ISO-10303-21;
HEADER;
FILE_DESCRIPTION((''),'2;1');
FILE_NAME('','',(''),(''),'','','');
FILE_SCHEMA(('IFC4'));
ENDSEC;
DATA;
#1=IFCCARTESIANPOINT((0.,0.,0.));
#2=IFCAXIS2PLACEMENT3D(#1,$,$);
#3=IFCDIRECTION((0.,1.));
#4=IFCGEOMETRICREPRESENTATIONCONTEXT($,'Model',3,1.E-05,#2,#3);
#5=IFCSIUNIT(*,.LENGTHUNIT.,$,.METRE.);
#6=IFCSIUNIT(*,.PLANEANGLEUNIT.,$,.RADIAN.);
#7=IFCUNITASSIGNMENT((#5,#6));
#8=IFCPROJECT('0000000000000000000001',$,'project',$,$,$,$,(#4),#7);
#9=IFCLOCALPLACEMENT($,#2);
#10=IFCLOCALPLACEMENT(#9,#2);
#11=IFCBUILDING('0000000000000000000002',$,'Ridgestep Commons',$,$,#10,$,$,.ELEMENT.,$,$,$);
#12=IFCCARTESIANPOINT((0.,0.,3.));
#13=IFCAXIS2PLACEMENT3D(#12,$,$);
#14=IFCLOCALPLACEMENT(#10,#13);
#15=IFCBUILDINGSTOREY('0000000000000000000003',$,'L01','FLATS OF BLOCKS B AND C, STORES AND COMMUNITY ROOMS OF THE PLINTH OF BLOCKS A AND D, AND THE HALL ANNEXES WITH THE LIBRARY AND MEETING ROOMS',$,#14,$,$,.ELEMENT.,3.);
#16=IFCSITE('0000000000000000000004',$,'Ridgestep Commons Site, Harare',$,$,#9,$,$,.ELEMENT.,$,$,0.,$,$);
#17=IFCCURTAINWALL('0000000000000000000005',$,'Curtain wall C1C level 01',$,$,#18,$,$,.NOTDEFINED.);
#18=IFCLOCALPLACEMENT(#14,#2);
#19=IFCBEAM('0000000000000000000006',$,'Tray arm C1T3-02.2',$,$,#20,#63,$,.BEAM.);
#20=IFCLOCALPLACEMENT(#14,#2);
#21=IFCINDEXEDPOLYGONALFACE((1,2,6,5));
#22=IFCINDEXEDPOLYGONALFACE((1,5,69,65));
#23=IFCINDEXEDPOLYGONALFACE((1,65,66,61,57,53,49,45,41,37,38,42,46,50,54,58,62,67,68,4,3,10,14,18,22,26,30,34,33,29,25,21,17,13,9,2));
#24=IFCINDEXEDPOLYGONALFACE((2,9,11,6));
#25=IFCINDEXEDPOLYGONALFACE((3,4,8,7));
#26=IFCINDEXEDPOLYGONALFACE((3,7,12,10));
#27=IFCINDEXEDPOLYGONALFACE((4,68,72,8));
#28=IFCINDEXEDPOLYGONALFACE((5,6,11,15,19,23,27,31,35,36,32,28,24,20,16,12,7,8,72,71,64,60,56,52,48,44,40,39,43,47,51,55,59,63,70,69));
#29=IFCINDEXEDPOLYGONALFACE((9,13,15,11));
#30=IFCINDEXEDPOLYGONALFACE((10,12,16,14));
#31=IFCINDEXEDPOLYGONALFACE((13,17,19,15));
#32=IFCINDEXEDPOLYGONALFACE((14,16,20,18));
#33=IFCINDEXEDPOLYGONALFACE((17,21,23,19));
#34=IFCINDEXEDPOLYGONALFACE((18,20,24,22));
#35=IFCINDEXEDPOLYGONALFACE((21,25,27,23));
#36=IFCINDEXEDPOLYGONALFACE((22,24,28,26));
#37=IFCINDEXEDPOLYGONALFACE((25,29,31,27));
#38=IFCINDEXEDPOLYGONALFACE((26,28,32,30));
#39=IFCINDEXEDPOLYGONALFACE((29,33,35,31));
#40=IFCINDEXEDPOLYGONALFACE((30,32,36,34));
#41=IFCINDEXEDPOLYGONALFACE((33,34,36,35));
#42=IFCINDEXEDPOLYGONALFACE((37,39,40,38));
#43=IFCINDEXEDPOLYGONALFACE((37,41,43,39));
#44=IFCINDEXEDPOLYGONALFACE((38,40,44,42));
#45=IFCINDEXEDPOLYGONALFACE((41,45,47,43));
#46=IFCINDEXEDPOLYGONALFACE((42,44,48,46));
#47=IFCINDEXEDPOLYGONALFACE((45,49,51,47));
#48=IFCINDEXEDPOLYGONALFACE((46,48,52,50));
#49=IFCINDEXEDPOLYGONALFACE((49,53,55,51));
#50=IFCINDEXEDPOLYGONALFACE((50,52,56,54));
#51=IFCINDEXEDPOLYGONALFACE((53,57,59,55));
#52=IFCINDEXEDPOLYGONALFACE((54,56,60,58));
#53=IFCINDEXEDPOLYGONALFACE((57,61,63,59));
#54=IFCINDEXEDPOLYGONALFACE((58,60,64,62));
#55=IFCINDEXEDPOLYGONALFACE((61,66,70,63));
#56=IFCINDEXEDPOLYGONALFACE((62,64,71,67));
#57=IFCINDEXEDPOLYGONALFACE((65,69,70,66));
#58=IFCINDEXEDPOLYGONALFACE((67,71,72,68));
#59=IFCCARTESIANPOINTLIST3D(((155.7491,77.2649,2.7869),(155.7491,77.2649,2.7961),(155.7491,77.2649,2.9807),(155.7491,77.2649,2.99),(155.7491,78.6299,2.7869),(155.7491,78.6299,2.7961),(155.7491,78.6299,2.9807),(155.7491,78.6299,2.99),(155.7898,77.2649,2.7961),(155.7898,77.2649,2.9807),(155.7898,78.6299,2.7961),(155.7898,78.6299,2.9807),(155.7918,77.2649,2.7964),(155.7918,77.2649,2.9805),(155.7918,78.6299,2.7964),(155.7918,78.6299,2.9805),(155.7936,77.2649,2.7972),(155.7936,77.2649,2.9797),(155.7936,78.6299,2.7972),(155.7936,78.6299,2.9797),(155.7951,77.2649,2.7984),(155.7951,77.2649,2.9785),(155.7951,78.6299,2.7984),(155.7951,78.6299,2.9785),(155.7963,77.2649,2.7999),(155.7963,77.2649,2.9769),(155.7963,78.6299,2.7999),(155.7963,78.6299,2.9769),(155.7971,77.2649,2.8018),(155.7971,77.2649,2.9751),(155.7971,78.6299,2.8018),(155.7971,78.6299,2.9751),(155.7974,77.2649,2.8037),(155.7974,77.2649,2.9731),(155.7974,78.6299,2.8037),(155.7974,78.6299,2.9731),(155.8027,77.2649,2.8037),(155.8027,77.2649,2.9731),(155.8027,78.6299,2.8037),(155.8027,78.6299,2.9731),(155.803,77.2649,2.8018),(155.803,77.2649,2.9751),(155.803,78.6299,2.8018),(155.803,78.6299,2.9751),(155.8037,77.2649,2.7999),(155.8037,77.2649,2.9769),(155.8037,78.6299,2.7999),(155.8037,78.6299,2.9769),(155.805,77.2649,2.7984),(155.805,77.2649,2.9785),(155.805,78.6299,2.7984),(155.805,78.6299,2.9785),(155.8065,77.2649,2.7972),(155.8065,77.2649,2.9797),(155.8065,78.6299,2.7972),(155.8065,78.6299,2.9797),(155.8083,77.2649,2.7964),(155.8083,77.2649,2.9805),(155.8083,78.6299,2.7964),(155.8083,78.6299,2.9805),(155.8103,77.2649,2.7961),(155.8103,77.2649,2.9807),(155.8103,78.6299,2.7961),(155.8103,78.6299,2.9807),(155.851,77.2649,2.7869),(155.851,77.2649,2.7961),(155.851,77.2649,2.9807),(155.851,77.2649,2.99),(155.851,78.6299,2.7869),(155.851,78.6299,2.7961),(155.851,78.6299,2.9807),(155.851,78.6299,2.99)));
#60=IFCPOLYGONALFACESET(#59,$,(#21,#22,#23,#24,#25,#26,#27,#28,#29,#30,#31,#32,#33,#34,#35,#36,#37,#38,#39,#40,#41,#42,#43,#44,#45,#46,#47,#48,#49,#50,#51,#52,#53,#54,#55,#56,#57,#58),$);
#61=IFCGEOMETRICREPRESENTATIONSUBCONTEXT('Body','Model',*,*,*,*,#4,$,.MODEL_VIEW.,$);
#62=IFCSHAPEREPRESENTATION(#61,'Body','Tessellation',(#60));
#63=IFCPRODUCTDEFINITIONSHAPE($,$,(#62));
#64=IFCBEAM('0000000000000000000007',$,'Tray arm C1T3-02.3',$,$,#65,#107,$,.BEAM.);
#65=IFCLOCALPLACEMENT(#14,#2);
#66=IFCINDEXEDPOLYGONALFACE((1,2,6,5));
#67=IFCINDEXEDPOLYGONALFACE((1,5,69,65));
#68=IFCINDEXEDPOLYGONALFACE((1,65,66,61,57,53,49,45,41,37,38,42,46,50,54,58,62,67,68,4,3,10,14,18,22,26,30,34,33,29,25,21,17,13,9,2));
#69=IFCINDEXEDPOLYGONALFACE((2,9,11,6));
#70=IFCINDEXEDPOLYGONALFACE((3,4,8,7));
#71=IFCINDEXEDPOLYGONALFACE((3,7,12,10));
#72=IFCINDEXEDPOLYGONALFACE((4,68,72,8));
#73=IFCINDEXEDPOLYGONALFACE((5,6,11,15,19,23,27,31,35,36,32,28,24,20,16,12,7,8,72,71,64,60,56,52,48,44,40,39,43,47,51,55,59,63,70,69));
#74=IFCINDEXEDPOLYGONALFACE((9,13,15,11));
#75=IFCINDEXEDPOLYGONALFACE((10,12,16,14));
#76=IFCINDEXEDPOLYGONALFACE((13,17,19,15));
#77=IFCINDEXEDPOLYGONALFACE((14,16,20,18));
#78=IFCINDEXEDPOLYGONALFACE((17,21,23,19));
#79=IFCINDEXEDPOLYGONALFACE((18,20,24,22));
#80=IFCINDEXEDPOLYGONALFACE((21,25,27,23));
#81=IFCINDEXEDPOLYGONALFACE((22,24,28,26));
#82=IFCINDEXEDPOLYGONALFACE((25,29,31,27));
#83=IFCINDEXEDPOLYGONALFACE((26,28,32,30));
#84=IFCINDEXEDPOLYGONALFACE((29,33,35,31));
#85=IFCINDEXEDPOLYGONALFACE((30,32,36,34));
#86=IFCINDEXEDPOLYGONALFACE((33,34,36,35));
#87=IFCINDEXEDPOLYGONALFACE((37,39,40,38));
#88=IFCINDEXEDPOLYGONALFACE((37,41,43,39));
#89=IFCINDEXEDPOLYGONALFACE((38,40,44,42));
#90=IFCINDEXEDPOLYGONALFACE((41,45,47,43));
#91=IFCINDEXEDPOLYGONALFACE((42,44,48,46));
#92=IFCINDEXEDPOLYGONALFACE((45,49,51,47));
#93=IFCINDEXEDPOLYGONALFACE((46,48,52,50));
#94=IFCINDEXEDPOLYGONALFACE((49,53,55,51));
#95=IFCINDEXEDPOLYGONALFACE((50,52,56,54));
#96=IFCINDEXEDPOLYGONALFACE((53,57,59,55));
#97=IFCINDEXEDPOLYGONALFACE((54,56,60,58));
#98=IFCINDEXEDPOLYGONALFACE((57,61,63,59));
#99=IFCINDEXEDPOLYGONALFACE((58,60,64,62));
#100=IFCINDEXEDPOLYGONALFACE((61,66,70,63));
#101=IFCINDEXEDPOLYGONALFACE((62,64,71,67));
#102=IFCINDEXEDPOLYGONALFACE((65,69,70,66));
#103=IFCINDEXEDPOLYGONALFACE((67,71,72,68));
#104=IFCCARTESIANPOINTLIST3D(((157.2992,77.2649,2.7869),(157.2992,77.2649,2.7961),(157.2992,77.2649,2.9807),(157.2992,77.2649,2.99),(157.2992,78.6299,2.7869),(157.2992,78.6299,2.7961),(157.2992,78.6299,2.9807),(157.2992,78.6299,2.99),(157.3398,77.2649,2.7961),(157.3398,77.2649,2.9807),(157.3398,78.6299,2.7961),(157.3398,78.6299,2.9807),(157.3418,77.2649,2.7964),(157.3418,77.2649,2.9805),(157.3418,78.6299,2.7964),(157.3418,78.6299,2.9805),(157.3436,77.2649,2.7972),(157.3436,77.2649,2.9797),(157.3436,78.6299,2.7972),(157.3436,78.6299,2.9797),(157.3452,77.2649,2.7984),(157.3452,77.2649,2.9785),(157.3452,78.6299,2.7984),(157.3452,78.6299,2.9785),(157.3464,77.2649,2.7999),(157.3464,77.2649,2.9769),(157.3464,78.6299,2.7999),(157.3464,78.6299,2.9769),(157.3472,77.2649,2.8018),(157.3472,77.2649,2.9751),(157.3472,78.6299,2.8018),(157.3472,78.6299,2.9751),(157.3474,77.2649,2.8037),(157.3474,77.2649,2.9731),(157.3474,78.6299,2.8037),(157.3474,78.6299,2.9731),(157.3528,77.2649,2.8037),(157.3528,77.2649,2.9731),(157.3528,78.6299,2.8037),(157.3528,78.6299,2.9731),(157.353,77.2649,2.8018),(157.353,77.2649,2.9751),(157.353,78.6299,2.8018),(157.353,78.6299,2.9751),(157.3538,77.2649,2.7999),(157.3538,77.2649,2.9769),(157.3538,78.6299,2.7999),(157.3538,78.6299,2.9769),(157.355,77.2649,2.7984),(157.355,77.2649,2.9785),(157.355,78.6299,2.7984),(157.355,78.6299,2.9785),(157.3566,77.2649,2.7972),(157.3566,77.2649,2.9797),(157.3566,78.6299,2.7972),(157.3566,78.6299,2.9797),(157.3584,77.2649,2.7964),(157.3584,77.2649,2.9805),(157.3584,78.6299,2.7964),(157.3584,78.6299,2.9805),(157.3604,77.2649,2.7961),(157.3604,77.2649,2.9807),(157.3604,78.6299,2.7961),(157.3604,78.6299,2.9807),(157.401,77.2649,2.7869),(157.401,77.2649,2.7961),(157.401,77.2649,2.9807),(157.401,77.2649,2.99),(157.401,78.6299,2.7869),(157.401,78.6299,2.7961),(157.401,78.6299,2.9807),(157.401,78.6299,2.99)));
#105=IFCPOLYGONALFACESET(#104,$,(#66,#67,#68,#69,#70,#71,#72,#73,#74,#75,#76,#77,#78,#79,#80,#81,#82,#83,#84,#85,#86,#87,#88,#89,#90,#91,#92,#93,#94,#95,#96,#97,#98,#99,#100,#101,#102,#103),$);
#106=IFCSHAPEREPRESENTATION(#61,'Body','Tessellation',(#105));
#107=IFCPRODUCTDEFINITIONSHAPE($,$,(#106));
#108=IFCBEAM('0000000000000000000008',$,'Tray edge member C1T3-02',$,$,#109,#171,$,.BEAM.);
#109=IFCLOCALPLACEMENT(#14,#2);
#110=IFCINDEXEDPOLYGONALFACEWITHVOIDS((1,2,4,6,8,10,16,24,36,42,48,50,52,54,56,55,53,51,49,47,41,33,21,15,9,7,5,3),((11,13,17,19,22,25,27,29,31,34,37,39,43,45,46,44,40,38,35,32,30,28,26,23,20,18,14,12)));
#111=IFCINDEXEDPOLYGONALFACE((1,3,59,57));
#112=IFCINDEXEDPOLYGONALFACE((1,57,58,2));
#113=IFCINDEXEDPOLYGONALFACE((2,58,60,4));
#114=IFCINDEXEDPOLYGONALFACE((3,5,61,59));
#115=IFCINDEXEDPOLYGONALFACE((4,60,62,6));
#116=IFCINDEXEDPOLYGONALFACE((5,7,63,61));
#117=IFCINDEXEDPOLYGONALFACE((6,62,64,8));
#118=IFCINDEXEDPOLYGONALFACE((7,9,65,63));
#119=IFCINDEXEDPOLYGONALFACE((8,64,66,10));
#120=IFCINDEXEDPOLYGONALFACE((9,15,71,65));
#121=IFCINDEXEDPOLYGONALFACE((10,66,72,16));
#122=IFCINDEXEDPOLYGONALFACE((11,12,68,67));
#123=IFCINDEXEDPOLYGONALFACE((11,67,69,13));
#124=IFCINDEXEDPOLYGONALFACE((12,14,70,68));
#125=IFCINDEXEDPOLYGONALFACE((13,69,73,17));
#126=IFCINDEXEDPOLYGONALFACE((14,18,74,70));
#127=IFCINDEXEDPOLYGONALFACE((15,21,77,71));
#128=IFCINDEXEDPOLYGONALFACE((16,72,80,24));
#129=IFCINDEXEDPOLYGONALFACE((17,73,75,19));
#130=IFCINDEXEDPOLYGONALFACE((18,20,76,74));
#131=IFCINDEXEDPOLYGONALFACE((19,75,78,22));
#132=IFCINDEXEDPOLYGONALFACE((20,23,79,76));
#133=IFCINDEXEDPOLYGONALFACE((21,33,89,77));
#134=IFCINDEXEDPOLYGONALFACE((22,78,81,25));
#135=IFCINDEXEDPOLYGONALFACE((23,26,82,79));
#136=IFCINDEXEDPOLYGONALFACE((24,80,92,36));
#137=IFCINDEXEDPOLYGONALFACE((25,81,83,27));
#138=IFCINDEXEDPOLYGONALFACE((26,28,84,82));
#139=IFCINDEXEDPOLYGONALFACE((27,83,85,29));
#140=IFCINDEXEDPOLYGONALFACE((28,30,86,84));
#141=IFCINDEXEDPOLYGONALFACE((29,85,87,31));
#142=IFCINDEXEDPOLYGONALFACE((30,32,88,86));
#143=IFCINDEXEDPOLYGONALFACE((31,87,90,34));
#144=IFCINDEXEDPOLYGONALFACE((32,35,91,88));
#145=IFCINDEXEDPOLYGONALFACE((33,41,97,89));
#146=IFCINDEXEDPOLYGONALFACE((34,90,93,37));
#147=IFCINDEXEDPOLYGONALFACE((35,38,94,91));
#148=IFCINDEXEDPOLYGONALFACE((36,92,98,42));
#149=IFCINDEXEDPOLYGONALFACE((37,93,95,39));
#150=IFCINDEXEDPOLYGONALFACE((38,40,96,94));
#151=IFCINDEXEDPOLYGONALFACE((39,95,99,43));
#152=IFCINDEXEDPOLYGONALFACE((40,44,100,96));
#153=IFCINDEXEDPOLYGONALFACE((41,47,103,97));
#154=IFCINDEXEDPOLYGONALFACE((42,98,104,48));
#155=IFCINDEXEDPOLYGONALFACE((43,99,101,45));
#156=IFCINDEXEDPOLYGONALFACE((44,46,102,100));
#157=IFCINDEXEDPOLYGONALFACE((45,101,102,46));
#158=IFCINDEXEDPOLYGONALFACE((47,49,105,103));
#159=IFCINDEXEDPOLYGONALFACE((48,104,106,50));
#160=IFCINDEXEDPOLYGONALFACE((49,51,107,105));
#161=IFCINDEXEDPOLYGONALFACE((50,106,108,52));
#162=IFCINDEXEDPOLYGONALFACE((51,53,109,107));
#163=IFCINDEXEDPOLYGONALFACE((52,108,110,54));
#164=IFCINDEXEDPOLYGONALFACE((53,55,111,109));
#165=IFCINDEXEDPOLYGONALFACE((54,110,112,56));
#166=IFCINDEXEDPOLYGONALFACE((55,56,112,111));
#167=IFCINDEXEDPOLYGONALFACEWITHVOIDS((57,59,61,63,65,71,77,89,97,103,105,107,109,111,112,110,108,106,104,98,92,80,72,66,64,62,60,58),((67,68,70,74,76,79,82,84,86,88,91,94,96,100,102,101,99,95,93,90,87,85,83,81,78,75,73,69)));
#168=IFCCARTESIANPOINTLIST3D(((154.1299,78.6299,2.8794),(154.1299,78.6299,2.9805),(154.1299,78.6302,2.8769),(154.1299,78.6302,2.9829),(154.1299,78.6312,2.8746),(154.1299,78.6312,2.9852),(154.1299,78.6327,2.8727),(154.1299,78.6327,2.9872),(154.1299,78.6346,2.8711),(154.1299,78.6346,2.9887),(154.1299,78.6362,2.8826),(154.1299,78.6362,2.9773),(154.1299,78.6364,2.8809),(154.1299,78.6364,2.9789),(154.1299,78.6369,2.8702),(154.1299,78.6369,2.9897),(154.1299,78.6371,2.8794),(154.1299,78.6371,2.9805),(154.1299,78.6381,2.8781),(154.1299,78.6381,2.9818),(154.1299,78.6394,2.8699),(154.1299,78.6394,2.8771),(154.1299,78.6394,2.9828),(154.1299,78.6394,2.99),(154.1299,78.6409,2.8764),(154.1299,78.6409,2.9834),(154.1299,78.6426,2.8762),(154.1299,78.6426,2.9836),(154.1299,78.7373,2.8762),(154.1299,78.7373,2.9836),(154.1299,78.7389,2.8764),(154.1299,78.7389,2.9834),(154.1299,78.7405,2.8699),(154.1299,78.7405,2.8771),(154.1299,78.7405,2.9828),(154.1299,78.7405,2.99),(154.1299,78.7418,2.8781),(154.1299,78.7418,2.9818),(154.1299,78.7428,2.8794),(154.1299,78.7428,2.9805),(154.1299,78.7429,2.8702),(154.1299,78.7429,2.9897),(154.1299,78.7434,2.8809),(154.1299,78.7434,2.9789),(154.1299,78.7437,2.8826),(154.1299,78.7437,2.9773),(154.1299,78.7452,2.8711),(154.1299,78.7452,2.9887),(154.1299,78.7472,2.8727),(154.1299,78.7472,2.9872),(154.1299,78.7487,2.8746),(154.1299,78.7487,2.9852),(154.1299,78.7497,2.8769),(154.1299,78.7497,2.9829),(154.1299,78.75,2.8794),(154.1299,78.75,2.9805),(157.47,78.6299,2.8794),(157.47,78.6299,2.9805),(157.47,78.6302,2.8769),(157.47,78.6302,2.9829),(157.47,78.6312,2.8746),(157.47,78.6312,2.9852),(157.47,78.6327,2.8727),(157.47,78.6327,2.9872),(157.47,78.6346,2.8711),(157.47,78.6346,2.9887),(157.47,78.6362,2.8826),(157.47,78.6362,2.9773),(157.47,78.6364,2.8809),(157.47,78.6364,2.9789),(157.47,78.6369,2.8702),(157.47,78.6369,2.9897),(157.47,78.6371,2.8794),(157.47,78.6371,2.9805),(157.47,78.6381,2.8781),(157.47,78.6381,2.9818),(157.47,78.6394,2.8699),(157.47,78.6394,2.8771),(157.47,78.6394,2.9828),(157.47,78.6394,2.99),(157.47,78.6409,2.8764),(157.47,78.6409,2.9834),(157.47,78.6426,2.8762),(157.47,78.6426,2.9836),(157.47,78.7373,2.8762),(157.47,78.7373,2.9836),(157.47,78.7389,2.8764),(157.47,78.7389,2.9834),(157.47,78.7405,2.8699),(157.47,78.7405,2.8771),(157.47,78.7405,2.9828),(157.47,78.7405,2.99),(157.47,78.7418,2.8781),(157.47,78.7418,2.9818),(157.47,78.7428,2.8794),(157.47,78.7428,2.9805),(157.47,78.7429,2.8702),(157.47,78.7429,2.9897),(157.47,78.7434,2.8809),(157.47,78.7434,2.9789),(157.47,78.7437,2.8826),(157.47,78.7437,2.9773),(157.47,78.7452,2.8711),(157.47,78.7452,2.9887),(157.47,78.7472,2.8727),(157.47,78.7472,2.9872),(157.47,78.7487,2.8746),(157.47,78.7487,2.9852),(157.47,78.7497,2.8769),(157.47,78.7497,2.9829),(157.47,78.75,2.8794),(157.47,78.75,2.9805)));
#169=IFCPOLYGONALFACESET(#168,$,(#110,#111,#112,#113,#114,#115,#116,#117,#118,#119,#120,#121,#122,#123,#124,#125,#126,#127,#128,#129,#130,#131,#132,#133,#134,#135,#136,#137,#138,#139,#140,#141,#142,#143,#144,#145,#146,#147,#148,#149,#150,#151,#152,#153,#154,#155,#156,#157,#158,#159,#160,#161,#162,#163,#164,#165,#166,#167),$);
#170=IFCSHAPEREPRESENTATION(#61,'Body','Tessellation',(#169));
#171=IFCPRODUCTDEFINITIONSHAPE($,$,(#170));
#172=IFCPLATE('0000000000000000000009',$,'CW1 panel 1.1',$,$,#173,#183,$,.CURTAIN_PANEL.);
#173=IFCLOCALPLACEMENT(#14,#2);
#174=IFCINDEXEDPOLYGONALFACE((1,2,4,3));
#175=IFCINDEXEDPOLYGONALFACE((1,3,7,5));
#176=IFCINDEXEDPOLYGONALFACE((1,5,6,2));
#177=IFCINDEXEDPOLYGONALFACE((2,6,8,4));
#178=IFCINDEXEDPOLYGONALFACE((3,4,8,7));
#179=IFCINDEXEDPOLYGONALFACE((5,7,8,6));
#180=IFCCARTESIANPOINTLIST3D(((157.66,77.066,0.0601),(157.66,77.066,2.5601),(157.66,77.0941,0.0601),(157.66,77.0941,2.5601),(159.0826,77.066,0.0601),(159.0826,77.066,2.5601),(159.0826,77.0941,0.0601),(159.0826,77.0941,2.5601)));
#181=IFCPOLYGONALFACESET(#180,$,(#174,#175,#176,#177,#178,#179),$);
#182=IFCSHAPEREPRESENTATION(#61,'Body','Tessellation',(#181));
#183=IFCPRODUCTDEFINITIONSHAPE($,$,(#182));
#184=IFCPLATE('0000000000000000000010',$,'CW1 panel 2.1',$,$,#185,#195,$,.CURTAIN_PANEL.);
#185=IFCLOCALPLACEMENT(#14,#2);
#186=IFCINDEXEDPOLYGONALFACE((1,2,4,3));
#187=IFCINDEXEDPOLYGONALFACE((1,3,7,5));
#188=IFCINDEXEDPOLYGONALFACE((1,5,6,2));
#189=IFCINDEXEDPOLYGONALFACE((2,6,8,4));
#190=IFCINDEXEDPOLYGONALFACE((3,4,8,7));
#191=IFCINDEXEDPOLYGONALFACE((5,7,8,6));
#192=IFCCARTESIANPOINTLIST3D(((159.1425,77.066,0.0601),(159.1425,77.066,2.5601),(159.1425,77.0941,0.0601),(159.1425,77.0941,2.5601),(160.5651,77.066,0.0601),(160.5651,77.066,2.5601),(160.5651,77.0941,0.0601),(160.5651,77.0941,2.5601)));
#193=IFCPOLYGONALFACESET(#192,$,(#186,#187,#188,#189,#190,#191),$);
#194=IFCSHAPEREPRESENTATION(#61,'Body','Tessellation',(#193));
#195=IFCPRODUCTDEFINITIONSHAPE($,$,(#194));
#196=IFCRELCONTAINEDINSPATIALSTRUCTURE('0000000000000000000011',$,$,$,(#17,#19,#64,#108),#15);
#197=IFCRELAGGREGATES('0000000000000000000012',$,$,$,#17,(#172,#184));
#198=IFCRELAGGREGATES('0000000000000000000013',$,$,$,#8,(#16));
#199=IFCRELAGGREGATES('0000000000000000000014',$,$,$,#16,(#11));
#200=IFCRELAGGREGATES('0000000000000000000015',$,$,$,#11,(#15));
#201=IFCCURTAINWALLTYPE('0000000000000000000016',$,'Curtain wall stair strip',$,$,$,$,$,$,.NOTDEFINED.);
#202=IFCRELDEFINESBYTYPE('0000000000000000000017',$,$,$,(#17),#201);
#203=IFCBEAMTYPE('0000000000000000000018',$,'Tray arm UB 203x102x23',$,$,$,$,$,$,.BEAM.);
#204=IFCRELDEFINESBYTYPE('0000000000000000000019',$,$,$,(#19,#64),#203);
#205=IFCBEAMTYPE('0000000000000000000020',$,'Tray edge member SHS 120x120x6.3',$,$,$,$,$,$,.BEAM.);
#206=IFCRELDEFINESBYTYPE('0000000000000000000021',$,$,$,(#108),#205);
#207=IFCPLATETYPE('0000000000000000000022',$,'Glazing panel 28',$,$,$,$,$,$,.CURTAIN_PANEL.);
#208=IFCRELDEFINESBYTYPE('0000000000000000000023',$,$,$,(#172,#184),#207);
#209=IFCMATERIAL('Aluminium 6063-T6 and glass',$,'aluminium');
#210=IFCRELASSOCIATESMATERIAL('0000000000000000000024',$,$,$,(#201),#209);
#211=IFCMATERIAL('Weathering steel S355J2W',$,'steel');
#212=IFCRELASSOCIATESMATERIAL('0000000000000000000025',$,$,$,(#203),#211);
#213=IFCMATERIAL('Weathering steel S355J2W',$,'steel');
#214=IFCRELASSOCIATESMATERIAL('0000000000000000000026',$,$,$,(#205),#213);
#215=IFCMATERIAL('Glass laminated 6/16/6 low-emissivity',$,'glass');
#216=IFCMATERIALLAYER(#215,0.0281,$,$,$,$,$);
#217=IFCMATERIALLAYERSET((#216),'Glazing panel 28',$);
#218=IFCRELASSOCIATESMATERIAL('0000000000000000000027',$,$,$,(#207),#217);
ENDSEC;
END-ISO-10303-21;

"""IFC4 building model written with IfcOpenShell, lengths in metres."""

from ifc_helpers import new_model, si_unit, direction, frame, origin, origin_2d, place, context, subcontext, project, spatial, rectangle, hollow_rectangle, i_section, extrude, material, layer, layer_set, material_profile, profile_set, type_object, element, aggregate, save


model = new_model("IFC4")

# Units and contexts
model_context = context("Model", 3, precision=1e-05, world=origin(), true_north=direction((0.0, 1.0)))
body_context = subcontext(model_context, "Body", "Model", "MODEL_VIEW")
ifc_project = project(units=[si_unit("LENGTHUNIT", "METRE"), si_unit("PLANEANGLEUNIT", "RADIAN")], contexts=[model_context])

# Site, building, storey
site_placement = place(None, origin())
site = spatial("IfcSite", under=ifc_project, at=site_placement, Name="Ridgestep Commons Site, Harare", CompositionType="ELEMENT", RefElevation=0.0)
building_placement = place(site_placement, origin())
building = spatial("IfcBuilding", under=site, at=building_placement, Name="Ridgestep Commons", CompositionType="ELEMENT")
storey_placement = place(building_placement, frame((0.0, 0.0, 3.0)))
storey = spatial("IfcBuildingStorey", under=building, at=storey_placement, Name="L01", Description="FLATS OF BLOCKS B AND C, STORES AND COMMUNITY ROOMS OF THE PLINTH OF BLOCKS A AND D, AND THE HALL ANNEXES WITH THE LIBRARY AND MEETING ROOMS", CompositionType="ELEMENT", Elevation=3.0)

# Curtain wall
ifc_material_1 = material(Name="Aluminium 6063-T6 and glass", Category="aluminium")
curtain_wall_type = type_object("IfcCurtainWallType", Name="Curtain wall stair strip", PredefinedType="NOTDEFINED", material=ifc_material_1)
curtain_wall_placement = place(storey_placement, origin())
curtain_wall = element("IfcCurtainWall", 1, at=curtain_wall_placement, inside=storey, type_object=curtain_wall_type, Name="Curtain wall C1C level 01", PredefinedType="NOTDEFINED")

# Beams
ifc_material_2 = material(Name="Weathering steel S355J2W", Category="steel")
ifc_material_profile_1 = material_profile(ifc_material_2, i_section(OverallWidth=0.1018, OverallDepth=0.2031, WebThickness=0.0054, FlangeThickness=0.0093, FilletRadius=0.0076, at=origin_2d()), Name="UB 203x102x23")
ifc_profile_set_1 = profile_set([ifc_material_profile_1], Name="Weathering steel S355J2W")
beam_type_1 = type_object("IfcBeamType", Name="Tray arm UB 203x102x23", PredefinedType="BEAM", material=ifc_profile_set_1)
for number, where, z_axis, x_axis, name in (
    (2, (155.8, 77.2649, 2.8884), (0.0, 1.0, 0.0), (-1.0, 0.0, 0.0), "Tray arm C1T3-02.2"),
    (3, (157.3501, 77.2649, 2.8884), (0.0, 1.0, 0.0), (-1.0, 0.0, 0.0), "Tray arm C1T3-02.3"),
):
    element("IfcBeam", number, at=place(storey_placement, frame(where, z_axis=z_axis, x_axis=x_axis)), inside=storey, type_object=beam_type_1, Name=name, PredefinedType="BEAM", context=body_context, shape_type="SweptSolid", body=[
        extrude(i_section(OverallWidth=0.1018, OverallDepth=0.2031, WebThickness=0.0054, FlangeThickness=0.0093, FilletRadius=0.0076, at=origin_2d()), origin(), (0.0, 0.0, 1.0), 1.365),
    ])
ifc_material_3 = material(Name="Weathering steel S355J2W", Category="steel")
ifc_material_profile_2 = material_profile(ifc_material_3, hollow_rectangle(XDim=0.1201, YDim=0.1201, WallThickness=0.0063, InnerFilletRadius=0.0063, OuterFilletRadius=0.0095, at=origin_2d()), Name="SHS 120x120x6.3")
ifc_profile_set_2 = profile_set([ifc_material_profile_2], Name="Weathering steel S355J2W")
beam_type_2 = type_object("IfcBeamType", Name="Tray edge member SHS 120x120x6.3", PredefinedType="BEAM", material=ifc_profile_set_2)
beam_placement = place(storey_placement, frame((154.1299, 78.6899, 2.9299), z_axis=(1.0, 0.0, 0.0), x_axis=(0.0, 0.0, 1.0)))
element("IfcBeam", 4, at=beam_placement, inside=storey, type_object=beam_type_2, Name="Tray edge member C1T3-02", PredefinedType="BEAM", context=body_context, shape_type="SweptSolid", body=[
    extrude(hollow_rectangle(XDim=0.1201, YDim=0.1201, WallThickness=0.0063, InnerFilletRadius=0.0063, OuterFilletRadius=0.0095, at=origin_2d()), origin(), (0.0, 0.0, 1.0), 3.3401),
])

# Plates
ifc_material_4 = material(Name="Glass laminated 6/16/6 low-emissivity", Category="glass")
ifc_layer_1 = layer(ifc_material_4, 0.0281)
ifc_layer_set_1 = layer_set([ifc_layer_1], Name="Glazing panel 28")
plate_type_1 = type_object("IfcPlateType", Name="Glazing panel 28", PredefinedType="CURTAIN_PANEL", material=ifc_layer_set_1)
plate_1_placement = place(storey_placement, frame((158.3713, 77.0801, 0.0601), z_axis=(0.0, 0.0, 1.0), x_axis=(1.0, 0.0, 0.0)))
plate_1 = element("IfcPlate", 5, at=plate_1_placement, type_object=plate_type_1, Name="CW1 panel 1.1", PredefinedType="CURTAIN_PANEL", context=body_context, shape_type="SweptSolid", body=[
    extrude(rectangle(XDim=1.4226, YDim=0.0281, at=origin_2d()), origin(), (0.0, 0.0, 1.0), 2.5),
])
plate_2_placement = place(storey_placement, frame((159.8538, 77.0801, 0.0601), z_axis=(0.0, 0.0, 1.0), x_axis=(1.0, 0.0, 0.0)))
plate_2 = element("IfcPlate", 6, at=plate_2_placement, type_object=plate_type_1, Name="CW1 panel 2.1", PredefinedType="CURTAIN_PANEL", context=body_context, shape_type="SweptSolid", body=[
    extrude(rectangle(XDim=1.4226, YDim=0.0281, at=origin_2d()), origin(), (0.0, 0.0, 1.0), 2.5),
])
aggregate(curtain_wall, [plate_1, plate_2])

save(model, "model.ifc")
